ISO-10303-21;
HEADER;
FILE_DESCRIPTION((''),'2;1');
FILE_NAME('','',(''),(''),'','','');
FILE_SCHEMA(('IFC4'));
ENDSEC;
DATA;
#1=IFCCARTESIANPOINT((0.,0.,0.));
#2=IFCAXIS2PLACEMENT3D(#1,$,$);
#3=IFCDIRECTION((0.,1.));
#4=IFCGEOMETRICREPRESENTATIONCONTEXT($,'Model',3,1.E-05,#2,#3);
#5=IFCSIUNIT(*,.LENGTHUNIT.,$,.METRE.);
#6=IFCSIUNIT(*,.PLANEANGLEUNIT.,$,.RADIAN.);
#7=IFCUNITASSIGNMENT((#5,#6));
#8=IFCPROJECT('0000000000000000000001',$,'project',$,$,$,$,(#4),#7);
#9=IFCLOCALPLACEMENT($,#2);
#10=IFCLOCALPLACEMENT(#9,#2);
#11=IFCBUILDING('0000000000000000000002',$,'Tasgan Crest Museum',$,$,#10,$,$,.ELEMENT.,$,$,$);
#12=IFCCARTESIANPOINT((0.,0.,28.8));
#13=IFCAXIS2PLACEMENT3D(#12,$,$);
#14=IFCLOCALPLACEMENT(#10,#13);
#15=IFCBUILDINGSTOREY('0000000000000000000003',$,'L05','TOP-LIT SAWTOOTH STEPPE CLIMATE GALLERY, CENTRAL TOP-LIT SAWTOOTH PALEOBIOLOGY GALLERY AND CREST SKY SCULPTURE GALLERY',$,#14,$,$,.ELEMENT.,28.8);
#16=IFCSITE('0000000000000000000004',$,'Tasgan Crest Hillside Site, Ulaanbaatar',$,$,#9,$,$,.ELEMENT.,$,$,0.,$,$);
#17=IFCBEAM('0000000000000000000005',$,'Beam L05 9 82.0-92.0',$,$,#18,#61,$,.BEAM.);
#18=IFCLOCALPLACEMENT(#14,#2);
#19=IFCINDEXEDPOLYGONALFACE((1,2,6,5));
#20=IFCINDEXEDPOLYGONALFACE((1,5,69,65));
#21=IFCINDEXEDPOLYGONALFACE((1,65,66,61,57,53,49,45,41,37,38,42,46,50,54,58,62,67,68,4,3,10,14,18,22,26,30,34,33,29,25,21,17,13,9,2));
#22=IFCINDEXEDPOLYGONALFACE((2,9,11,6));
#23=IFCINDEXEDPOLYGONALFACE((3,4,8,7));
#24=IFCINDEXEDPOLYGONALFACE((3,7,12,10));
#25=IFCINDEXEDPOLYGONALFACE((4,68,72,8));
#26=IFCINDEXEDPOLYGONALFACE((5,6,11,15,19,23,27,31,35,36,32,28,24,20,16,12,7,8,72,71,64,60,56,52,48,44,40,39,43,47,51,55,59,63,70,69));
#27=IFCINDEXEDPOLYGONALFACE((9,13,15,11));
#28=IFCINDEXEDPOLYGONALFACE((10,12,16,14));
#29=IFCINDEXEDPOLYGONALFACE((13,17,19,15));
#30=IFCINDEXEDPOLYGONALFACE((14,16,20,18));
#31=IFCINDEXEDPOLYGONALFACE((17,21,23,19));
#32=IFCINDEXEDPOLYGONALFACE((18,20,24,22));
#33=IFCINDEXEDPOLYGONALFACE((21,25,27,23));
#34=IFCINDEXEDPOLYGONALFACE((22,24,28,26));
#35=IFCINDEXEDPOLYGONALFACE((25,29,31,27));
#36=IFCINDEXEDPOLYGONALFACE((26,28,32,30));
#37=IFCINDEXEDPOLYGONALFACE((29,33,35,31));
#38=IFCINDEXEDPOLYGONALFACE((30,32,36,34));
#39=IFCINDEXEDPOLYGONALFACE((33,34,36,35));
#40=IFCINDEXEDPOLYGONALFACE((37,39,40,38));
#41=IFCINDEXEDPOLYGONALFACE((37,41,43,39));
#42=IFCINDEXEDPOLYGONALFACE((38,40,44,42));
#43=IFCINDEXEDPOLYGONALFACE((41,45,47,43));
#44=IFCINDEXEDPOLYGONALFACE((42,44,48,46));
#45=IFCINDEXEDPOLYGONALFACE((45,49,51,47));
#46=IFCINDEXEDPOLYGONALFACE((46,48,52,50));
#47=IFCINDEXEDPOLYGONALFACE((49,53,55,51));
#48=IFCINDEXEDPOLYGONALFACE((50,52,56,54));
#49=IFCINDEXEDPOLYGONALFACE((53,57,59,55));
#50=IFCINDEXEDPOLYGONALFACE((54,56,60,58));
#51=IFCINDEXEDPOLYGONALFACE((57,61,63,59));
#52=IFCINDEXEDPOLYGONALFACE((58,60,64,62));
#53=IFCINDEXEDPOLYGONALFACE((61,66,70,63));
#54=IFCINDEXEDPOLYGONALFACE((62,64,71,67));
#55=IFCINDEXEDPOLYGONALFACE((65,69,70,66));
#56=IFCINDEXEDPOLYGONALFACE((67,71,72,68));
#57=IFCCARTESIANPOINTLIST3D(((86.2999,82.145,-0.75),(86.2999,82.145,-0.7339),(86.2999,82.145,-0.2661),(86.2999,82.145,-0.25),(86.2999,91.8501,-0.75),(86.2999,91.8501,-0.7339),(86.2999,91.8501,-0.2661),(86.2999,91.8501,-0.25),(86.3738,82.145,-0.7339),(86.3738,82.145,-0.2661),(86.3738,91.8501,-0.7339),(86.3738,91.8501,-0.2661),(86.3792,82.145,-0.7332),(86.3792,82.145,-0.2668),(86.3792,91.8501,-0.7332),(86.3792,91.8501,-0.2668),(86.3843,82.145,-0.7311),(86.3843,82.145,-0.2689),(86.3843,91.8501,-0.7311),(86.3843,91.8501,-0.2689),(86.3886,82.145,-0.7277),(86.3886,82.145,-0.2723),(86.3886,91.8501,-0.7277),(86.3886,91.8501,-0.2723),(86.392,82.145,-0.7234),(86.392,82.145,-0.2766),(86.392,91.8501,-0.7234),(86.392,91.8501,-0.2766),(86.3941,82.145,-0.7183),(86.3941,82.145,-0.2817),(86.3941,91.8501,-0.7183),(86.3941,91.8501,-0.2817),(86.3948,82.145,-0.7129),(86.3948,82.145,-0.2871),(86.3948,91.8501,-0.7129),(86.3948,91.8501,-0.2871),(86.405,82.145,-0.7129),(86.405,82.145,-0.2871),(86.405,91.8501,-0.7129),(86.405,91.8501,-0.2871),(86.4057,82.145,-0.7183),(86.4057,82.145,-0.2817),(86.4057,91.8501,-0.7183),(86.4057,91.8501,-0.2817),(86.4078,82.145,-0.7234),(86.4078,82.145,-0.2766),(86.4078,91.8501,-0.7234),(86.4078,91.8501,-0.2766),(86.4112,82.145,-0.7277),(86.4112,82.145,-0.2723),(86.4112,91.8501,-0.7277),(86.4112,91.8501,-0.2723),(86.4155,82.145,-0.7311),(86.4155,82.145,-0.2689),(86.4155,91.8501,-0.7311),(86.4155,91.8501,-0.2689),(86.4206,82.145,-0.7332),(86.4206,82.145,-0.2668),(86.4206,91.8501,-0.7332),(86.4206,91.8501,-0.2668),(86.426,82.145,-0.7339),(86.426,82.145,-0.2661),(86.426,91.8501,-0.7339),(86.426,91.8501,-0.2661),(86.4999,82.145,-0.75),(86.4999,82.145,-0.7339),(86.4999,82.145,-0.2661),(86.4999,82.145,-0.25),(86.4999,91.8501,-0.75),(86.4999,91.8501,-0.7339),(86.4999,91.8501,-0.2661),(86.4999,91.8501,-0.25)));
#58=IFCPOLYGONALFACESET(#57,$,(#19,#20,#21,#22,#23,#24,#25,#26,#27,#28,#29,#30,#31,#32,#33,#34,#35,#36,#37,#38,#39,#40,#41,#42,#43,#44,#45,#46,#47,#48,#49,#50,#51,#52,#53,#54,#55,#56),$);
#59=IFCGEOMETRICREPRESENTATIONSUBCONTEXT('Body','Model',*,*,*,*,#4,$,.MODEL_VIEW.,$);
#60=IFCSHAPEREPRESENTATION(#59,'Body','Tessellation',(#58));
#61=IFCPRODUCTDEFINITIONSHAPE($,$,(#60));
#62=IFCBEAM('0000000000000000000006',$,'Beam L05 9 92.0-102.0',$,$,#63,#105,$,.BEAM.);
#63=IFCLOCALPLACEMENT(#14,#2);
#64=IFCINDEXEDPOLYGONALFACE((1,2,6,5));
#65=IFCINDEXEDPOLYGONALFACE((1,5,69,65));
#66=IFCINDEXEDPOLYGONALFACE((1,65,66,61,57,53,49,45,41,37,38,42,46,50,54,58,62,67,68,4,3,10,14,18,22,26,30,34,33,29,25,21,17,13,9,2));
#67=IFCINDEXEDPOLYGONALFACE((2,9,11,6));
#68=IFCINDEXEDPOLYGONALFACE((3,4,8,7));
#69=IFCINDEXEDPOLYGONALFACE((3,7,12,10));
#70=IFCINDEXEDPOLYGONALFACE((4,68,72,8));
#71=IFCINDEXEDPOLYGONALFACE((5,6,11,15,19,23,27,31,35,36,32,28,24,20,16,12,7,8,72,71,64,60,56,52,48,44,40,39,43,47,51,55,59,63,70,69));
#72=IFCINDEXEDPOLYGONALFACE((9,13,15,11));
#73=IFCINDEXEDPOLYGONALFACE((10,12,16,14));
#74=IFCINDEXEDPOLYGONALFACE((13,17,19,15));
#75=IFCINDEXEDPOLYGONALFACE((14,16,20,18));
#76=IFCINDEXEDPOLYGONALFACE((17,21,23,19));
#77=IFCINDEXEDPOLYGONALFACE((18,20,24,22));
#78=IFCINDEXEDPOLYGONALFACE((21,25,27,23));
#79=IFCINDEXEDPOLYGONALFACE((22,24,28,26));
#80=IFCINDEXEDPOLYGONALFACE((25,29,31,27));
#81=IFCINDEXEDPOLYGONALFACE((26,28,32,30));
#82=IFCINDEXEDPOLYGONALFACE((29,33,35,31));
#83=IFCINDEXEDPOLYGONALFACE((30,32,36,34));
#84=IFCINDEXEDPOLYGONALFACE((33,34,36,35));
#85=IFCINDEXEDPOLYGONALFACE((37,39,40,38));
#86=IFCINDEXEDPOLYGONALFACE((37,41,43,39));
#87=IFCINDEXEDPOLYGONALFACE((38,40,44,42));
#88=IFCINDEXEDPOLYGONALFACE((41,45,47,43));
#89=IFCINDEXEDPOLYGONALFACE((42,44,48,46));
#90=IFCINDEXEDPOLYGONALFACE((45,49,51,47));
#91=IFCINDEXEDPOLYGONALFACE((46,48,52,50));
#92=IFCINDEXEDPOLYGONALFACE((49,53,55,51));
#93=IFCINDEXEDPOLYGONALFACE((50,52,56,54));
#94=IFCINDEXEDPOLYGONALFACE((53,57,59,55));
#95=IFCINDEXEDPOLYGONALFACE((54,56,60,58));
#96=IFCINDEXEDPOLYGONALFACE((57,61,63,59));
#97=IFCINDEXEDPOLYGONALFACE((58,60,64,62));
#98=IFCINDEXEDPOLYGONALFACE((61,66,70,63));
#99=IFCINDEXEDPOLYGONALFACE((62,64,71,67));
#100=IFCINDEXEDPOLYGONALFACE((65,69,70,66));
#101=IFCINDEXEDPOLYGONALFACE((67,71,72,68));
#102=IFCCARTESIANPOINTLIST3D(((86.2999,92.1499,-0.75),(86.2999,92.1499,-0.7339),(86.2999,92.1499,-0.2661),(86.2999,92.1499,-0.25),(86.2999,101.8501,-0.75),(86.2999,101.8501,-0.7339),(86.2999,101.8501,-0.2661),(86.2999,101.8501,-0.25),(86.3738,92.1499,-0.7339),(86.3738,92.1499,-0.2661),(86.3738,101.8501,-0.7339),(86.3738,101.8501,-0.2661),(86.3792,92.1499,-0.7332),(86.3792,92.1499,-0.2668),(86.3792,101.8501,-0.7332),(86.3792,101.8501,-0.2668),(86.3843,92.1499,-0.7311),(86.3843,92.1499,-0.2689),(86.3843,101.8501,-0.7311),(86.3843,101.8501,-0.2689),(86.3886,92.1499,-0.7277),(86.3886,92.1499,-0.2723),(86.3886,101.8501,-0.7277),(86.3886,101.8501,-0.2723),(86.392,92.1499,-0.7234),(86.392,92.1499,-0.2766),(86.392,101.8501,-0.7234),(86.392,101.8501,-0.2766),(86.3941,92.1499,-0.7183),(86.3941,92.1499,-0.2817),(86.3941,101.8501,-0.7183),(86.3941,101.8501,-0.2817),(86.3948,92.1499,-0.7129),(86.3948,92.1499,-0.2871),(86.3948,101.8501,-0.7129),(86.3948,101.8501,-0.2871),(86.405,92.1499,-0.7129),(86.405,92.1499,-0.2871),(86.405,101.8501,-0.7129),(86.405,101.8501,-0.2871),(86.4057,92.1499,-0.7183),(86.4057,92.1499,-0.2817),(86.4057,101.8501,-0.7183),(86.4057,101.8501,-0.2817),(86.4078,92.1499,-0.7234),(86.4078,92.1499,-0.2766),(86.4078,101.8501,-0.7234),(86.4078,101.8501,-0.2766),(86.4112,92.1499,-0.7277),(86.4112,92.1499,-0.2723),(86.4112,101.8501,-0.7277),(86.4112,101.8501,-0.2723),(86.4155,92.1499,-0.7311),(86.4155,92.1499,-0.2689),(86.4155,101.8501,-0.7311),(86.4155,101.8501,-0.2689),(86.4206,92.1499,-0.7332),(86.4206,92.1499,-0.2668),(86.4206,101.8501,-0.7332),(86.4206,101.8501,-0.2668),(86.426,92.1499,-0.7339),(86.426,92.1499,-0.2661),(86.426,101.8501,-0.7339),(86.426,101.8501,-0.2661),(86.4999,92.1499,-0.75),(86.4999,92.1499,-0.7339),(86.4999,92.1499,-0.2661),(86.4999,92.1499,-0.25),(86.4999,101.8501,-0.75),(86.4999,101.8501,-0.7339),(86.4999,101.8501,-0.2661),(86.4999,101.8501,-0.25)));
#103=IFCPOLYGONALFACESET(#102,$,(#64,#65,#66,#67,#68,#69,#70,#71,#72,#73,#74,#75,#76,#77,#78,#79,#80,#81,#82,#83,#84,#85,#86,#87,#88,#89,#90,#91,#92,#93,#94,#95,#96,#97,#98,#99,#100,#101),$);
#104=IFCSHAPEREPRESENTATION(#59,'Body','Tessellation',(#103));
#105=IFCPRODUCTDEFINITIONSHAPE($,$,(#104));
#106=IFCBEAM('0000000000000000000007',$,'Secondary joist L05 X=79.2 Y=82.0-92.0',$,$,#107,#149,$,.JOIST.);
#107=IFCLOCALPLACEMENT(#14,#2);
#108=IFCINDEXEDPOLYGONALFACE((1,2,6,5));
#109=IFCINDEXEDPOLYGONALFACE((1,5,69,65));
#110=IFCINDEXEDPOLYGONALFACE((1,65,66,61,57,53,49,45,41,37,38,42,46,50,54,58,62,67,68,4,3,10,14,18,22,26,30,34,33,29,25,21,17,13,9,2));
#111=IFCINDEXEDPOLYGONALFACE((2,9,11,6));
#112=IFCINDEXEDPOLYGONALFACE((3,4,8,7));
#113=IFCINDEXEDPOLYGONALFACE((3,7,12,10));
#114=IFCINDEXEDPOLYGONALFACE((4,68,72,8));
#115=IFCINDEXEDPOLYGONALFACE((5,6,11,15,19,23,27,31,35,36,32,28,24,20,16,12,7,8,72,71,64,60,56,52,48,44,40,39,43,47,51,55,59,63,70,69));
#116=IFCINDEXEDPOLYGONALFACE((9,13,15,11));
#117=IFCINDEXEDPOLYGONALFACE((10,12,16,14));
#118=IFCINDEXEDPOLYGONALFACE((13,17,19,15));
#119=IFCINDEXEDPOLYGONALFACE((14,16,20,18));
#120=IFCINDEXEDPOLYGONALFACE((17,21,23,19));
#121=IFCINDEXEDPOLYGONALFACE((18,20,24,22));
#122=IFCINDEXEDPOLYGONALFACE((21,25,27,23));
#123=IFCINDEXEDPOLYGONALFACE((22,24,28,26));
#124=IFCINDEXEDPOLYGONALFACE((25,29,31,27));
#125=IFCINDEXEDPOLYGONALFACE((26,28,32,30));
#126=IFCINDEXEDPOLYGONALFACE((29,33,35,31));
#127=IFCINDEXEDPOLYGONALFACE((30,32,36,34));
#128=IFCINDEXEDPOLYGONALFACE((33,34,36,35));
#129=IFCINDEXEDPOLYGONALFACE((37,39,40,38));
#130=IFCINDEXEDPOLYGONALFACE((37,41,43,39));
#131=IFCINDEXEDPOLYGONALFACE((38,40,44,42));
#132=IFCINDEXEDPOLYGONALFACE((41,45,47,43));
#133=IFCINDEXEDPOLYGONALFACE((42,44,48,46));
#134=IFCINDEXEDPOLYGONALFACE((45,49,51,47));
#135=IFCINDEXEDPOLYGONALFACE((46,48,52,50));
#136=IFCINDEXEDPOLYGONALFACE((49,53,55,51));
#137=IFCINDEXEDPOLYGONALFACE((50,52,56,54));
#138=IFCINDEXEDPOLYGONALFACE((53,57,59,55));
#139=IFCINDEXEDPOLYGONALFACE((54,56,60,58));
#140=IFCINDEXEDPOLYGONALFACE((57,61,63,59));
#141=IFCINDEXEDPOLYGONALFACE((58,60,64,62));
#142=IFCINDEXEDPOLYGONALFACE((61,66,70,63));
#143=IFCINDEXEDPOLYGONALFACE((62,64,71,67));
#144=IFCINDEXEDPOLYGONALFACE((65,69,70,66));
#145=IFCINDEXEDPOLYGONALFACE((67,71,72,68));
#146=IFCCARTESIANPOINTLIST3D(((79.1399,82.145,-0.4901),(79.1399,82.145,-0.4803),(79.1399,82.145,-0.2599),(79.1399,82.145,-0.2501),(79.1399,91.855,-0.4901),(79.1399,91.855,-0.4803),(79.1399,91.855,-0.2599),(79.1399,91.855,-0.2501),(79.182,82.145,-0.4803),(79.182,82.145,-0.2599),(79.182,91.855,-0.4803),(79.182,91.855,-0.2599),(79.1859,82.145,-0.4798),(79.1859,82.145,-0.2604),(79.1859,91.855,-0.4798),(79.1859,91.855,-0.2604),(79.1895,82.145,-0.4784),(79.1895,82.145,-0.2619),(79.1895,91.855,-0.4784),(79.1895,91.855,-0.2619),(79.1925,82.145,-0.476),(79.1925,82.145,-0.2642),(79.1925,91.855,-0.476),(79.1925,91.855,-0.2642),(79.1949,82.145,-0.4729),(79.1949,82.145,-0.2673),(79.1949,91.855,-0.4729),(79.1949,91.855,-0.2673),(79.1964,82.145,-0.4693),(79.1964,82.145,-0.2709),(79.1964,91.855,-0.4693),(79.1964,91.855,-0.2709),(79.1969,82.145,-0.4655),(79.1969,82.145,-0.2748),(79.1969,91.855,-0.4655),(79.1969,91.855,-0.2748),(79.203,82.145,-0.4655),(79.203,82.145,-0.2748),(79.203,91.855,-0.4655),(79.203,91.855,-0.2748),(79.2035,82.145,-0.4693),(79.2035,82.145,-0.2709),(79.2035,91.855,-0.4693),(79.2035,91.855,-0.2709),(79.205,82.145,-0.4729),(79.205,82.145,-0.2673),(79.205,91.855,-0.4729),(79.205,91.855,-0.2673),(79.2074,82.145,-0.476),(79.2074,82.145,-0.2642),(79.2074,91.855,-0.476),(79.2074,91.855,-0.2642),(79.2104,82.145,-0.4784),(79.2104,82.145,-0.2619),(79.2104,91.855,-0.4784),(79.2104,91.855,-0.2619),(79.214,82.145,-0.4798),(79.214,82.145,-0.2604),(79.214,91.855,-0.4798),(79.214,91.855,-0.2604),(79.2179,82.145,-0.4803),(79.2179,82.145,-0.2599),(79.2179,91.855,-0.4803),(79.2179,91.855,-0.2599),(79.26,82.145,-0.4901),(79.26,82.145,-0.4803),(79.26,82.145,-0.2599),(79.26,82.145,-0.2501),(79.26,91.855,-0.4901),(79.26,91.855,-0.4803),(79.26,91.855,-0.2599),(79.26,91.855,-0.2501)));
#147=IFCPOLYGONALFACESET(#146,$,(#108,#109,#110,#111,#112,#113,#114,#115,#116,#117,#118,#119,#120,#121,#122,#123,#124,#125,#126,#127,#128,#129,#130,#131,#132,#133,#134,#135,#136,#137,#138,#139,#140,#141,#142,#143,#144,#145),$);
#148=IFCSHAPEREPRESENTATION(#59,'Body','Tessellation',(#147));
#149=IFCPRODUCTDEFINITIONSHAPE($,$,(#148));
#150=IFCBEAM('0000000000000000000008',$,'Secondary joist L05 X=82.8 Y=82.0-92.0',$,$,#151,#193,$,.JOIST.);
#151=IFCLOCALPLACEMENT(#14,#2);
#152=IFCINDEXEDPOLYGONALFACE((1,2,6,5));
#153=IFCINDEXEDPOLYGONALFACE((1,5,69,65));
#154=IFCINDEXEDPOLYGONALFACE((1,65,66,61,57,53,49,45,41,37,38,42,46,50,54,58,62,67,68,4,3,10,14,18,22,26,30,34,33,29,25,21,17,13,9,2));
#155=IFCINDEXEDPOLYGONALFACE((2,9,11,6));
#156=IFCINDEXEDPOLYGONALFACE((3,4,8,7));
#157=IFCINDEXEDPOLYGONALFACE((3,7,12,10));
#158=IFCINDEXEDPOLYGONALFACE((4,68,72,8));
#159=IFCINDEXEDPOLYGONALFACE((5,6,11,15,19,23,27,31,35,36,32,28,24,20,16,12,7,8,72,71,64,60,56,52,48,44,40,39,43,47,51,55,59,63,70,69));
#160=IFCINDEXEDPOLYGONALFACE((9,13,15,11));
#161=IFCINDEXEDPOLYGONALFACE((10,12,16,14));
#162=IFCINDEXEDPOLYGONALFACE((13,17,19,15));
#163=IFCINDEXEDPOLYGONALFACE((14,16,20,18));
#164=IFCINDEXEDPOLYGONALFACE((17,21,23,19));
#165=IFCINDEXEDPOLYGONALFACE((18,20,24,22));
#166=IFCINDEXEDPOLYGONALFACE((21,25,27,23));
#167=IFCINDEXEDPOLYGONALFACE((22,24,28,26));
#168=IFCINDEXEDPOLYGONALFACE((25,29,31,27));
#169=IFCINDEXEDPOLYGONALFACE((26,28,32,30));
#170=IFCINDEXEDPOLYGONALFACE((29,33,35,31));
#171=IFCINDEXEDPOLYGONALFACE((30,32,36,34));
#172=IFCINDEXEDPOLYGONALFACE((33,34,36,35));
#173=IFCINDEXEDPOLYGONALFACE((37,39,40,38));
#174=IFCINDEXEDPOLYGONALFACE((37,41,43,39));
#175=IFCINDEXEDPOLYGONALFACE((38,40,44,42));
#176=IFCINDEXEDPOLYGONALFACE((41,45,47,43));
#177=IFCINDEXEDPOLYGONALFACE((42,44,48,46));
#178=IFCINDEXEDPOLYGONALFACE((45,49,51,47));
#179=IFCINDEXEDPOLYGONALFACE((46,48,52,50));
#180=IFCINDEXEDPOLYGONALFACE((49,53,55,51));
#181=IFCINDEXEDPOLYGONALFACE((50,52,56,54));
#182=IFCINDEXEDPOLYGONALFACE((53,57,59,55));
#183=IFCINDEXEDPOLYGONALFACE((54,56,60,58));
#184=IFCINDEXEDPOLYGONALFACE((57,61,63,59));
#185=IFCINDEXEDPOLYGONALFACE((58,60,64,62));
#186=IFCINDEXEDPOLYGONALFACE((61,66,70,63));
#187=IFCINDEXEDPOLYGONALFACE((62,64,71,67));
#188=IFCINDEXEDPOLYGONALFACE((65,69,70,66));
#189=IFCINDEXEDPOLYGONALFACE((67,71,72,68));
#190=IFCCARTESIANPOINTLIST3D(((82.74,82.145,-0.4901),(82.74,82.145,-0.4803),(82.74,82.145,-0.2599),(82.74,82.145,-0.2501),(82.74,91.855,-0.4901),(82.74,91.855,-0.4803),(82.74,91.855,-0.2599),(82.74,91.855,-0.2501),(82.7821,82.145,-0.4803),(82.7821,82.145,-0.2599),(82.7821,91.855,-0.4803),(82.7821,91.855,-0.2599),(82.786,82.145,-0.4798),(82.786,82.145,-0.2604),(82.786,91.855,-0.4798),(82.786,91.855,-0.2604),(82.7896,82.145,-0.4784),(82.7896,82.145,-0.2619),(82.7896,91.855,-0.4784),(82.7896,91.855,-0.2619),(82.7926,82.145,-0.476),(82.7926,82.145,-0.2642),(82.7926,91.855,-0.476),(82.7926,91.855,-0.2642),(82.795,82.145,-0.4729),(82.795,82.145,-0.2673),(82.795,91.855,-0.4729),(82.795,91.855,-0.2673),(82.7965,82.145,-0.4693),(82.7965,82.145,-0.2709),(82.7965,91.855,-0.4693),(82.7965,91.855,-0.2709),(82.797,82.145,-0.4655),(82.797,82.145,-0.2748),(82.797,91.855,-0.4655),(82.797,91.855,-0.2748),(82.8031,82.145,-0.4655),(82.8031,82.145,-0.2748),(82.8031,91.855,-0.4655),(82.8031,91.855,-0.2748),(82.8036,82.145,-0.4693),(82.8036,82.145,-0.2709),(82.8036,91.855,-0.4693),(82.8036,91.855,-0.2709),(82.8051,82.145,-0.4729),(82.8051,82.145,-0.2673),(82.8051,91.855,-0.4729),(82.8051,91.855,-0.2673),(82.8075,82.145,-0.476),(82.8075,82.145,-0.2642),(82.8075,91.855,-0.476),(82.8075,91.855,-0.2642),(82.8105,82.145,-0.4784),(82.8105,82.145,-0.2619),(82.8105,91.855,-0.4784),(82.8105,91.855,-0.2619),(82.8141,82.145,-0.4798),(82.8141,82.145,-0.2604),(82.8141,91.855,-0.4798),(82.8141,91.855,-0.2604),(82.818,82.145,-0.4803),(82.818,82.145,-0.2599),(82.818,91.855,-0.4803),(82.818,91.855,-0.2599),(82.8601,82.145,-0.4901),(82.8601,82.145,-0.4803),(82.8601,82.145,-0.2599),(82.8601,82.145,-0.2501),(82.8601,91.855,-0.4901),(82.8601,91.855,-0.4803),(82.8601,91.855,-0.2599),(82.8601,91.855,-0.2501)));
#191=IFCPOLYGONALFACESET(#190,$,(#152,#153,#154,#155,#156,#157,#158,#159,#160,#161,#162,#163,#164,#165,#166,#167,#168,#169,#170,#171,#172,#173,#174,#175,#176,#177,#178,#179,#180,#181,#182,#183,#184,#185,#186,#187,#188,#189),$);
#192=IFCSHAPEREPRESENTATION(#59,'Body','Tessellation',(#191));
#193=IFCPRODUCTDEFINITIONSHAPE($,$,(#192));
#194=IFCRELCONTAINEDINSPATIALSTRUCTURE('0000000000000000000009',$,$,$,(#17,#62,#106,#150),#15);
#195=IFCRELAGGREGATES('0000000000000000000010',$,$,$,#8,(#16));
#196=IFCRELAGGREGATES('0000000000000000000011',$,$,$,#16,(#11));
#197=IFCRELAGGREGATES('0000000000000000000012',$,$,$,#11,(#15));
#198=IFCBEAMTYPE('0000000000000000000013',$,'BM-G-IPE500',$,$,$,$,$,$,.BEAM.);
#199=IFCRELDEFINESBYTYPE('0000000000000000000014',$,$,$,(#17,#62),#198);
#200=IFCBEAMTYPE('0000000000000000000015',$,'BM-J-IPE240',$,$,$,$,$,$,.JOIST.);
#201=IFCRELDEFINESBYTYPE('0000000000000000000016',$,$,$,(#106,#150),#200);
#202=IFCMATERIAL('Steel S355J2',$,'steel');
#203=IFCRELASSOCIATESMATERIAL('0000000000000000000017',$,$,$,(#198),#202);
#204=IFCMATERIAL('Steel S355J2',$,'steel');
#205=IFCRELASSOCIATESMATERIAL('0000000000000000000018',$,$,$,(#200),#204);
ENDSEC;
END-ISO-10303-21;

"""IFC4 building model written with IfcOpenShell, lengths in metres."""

from ifc_helpers import new_model, si_unit, direction, frame, origin, origin_2d, place, context, subcontext, project, spatial, i_section, extrude, material, material_profile, profile_set, type_object, element, save


model = new_model("IFC4")

# Units and contexts
model_context = context("Model", 3, precision=1e-05, world=origin(), true_north=direction((0.0, 1.0)))
body_context = subcontext(model_context, "Body", "Model", "MODEL_VIEW")
ifc_project = project(units=[si_unit("LENGTHUNIT", "METRE"), si_unit("PLANEANGLEUNIT", "RADIAN")], contexts=[model_context])

# Site, building, storey
site_placement = place(None, origin())
site = spatial("IfcSite", under=ifc_project, at=site_placement, Name="Tasgan Crest Hillside Site, Ulaanbaatar", CompositionType="ELEMENT", RefElevation=0.0)
building_placement = place(site_placement, origin())
building = spatial("IfcBuilding", under=site, at=building_placement, Name="Tasgan Crest Museum", CompositionType="ELEMENT")
storey_placement = place(building_placement, frame((0.0, 0.0, 28.8)))
storey = spatial("IfcBuildingStorey", under=building, at=storey_placement, Name="L05", Description="TOP-LIT SAWTOOTH STEPPE CLIMATE GALLERY, CENTRAL TOP-LIT SAWTOOTH PALEOBIOLOGY GALLERY AND CREST SKY SCULPTURE GALLERY", CompositionType="ELEMENT", Elevation=28.8)

# Beams
ifc_material_1 = material(Name="Steel S355J2", Category="steel")
ifc_material_profile_1 = material_profile(ifc_material_1, i_section(OverallWidth=0.2, OverallDepth=0.5, WebThickness=0.0103, FlangeThickness=0.0161, FilletRadius=0.021, at=origin_2d()), Name="IPE 500")
ifc_profile_set_1 = profile_set([ifc_material_profile_1], Name="Steel S355J2")
beam_type_1 = type_object("IfcBeamType", Name="BM-G-IPE500", PredefinedType="BEAM", material=ifc_profile_set_1)
beam_1_placement = place(storey_placement, frame((86.3999, 82.145, -0.5), z_axis=(0.0, 1.0, 0.0), x_axis=(-1.0, 0.0, 0.0)))
element("IfcBeam", 1, at=beam_1_placement, inside=storey, type_object=beam_type_1, Name="Beam L05 9 82.0-92.0", PredefinedType="BEAM", context=body_context, shape_type="SweptSolid", body=[
    extrude(i_section(OverallWidth=0.2, OverallDepth=0.5, WebThickness=0.0103, FlangeThickness=0.0161, FilletRadius=0.021, at=origin_2d()), origin(), (0.0, 0.0, 1.0), 9.7051),
])
beam_2_placement = place(storey_placement, frame((86.3999, 92.1499, -0.5), z_axis=(0.0, 1.0, 0.0), x_axis=(-1.0, 0.0, 0.0)))
element("IfcBeam", 2, at=beam_2_placement, inside=storey, type_object=beam_type_1, Name="Beam L05 9 92.0-102.0", PredefinedType="BEAM", context=body_context, shape_type="SweptSolid", body=[
    extrude(i_section(OverallWidth=0.2, OverallDepth=0.5, WebThickness=0.0103, FlangeThickness=0.0161, FilletRadius=0.021, at=origin_2d()), origin(), (0.0, 0.0, 1.0), 9.7002),
])
ifc_material_2 = material(Name="Steel S355J2", Category="steel")
ifc_material_profile_2 = material_profile(ifc_material_2, i_section(OverallWidth=0.1201, OverallDepth=0.24, WebThickness=0.0061, FlangeThickness=0.0098, FilletRadius=0.0149, at=origin_2d()), Name="IPE 240")
ifc_profile_set_2 = profile_set([ifc_material_profile_2], Name="Steel S355J2")
beam_type_2 = type_object("IfcBeamType", Name="BM-J-IPE240", PredefinedType="JOIST", material=ifc_profile_set_2)
for number, where, z_axis, x_axis, name in (
    (3, (79.2, 82.145, -0.3701), (0.0, 1.0, 0.0), (-1.0, 0.0, 0.0), "Secondary joist L05 X=79.2 Y=82.0-92.0"),
    (4, (82.8, 82.145, -0.3701), (0.0, 1.0, 0.0), (-1.0, 0.0, 0.0), "Secondary joist L05 X=82.8 Y=82.0-92.0"),
):
    element("IfcBeam", number, at=place(storey_placement, frame(where, z_axis=z_axis, x_axis=x_axis)), inside=storey, type_object=beam_type_2, Name=name, PredefinedType="JOIST", context=body_context, shape_type="SweptSolid", body=[
        extrude(i_section(OverallWidth=0.1201, OverallDepth=0.24, WebThickness=0.0061, FlangeThickness=0.0098, FilletRadius=0.0149, at=origin_2d()), origin(), (0.0, 0.0, 1.0), 9.71),
    ])

save(model, "model.ifc")
